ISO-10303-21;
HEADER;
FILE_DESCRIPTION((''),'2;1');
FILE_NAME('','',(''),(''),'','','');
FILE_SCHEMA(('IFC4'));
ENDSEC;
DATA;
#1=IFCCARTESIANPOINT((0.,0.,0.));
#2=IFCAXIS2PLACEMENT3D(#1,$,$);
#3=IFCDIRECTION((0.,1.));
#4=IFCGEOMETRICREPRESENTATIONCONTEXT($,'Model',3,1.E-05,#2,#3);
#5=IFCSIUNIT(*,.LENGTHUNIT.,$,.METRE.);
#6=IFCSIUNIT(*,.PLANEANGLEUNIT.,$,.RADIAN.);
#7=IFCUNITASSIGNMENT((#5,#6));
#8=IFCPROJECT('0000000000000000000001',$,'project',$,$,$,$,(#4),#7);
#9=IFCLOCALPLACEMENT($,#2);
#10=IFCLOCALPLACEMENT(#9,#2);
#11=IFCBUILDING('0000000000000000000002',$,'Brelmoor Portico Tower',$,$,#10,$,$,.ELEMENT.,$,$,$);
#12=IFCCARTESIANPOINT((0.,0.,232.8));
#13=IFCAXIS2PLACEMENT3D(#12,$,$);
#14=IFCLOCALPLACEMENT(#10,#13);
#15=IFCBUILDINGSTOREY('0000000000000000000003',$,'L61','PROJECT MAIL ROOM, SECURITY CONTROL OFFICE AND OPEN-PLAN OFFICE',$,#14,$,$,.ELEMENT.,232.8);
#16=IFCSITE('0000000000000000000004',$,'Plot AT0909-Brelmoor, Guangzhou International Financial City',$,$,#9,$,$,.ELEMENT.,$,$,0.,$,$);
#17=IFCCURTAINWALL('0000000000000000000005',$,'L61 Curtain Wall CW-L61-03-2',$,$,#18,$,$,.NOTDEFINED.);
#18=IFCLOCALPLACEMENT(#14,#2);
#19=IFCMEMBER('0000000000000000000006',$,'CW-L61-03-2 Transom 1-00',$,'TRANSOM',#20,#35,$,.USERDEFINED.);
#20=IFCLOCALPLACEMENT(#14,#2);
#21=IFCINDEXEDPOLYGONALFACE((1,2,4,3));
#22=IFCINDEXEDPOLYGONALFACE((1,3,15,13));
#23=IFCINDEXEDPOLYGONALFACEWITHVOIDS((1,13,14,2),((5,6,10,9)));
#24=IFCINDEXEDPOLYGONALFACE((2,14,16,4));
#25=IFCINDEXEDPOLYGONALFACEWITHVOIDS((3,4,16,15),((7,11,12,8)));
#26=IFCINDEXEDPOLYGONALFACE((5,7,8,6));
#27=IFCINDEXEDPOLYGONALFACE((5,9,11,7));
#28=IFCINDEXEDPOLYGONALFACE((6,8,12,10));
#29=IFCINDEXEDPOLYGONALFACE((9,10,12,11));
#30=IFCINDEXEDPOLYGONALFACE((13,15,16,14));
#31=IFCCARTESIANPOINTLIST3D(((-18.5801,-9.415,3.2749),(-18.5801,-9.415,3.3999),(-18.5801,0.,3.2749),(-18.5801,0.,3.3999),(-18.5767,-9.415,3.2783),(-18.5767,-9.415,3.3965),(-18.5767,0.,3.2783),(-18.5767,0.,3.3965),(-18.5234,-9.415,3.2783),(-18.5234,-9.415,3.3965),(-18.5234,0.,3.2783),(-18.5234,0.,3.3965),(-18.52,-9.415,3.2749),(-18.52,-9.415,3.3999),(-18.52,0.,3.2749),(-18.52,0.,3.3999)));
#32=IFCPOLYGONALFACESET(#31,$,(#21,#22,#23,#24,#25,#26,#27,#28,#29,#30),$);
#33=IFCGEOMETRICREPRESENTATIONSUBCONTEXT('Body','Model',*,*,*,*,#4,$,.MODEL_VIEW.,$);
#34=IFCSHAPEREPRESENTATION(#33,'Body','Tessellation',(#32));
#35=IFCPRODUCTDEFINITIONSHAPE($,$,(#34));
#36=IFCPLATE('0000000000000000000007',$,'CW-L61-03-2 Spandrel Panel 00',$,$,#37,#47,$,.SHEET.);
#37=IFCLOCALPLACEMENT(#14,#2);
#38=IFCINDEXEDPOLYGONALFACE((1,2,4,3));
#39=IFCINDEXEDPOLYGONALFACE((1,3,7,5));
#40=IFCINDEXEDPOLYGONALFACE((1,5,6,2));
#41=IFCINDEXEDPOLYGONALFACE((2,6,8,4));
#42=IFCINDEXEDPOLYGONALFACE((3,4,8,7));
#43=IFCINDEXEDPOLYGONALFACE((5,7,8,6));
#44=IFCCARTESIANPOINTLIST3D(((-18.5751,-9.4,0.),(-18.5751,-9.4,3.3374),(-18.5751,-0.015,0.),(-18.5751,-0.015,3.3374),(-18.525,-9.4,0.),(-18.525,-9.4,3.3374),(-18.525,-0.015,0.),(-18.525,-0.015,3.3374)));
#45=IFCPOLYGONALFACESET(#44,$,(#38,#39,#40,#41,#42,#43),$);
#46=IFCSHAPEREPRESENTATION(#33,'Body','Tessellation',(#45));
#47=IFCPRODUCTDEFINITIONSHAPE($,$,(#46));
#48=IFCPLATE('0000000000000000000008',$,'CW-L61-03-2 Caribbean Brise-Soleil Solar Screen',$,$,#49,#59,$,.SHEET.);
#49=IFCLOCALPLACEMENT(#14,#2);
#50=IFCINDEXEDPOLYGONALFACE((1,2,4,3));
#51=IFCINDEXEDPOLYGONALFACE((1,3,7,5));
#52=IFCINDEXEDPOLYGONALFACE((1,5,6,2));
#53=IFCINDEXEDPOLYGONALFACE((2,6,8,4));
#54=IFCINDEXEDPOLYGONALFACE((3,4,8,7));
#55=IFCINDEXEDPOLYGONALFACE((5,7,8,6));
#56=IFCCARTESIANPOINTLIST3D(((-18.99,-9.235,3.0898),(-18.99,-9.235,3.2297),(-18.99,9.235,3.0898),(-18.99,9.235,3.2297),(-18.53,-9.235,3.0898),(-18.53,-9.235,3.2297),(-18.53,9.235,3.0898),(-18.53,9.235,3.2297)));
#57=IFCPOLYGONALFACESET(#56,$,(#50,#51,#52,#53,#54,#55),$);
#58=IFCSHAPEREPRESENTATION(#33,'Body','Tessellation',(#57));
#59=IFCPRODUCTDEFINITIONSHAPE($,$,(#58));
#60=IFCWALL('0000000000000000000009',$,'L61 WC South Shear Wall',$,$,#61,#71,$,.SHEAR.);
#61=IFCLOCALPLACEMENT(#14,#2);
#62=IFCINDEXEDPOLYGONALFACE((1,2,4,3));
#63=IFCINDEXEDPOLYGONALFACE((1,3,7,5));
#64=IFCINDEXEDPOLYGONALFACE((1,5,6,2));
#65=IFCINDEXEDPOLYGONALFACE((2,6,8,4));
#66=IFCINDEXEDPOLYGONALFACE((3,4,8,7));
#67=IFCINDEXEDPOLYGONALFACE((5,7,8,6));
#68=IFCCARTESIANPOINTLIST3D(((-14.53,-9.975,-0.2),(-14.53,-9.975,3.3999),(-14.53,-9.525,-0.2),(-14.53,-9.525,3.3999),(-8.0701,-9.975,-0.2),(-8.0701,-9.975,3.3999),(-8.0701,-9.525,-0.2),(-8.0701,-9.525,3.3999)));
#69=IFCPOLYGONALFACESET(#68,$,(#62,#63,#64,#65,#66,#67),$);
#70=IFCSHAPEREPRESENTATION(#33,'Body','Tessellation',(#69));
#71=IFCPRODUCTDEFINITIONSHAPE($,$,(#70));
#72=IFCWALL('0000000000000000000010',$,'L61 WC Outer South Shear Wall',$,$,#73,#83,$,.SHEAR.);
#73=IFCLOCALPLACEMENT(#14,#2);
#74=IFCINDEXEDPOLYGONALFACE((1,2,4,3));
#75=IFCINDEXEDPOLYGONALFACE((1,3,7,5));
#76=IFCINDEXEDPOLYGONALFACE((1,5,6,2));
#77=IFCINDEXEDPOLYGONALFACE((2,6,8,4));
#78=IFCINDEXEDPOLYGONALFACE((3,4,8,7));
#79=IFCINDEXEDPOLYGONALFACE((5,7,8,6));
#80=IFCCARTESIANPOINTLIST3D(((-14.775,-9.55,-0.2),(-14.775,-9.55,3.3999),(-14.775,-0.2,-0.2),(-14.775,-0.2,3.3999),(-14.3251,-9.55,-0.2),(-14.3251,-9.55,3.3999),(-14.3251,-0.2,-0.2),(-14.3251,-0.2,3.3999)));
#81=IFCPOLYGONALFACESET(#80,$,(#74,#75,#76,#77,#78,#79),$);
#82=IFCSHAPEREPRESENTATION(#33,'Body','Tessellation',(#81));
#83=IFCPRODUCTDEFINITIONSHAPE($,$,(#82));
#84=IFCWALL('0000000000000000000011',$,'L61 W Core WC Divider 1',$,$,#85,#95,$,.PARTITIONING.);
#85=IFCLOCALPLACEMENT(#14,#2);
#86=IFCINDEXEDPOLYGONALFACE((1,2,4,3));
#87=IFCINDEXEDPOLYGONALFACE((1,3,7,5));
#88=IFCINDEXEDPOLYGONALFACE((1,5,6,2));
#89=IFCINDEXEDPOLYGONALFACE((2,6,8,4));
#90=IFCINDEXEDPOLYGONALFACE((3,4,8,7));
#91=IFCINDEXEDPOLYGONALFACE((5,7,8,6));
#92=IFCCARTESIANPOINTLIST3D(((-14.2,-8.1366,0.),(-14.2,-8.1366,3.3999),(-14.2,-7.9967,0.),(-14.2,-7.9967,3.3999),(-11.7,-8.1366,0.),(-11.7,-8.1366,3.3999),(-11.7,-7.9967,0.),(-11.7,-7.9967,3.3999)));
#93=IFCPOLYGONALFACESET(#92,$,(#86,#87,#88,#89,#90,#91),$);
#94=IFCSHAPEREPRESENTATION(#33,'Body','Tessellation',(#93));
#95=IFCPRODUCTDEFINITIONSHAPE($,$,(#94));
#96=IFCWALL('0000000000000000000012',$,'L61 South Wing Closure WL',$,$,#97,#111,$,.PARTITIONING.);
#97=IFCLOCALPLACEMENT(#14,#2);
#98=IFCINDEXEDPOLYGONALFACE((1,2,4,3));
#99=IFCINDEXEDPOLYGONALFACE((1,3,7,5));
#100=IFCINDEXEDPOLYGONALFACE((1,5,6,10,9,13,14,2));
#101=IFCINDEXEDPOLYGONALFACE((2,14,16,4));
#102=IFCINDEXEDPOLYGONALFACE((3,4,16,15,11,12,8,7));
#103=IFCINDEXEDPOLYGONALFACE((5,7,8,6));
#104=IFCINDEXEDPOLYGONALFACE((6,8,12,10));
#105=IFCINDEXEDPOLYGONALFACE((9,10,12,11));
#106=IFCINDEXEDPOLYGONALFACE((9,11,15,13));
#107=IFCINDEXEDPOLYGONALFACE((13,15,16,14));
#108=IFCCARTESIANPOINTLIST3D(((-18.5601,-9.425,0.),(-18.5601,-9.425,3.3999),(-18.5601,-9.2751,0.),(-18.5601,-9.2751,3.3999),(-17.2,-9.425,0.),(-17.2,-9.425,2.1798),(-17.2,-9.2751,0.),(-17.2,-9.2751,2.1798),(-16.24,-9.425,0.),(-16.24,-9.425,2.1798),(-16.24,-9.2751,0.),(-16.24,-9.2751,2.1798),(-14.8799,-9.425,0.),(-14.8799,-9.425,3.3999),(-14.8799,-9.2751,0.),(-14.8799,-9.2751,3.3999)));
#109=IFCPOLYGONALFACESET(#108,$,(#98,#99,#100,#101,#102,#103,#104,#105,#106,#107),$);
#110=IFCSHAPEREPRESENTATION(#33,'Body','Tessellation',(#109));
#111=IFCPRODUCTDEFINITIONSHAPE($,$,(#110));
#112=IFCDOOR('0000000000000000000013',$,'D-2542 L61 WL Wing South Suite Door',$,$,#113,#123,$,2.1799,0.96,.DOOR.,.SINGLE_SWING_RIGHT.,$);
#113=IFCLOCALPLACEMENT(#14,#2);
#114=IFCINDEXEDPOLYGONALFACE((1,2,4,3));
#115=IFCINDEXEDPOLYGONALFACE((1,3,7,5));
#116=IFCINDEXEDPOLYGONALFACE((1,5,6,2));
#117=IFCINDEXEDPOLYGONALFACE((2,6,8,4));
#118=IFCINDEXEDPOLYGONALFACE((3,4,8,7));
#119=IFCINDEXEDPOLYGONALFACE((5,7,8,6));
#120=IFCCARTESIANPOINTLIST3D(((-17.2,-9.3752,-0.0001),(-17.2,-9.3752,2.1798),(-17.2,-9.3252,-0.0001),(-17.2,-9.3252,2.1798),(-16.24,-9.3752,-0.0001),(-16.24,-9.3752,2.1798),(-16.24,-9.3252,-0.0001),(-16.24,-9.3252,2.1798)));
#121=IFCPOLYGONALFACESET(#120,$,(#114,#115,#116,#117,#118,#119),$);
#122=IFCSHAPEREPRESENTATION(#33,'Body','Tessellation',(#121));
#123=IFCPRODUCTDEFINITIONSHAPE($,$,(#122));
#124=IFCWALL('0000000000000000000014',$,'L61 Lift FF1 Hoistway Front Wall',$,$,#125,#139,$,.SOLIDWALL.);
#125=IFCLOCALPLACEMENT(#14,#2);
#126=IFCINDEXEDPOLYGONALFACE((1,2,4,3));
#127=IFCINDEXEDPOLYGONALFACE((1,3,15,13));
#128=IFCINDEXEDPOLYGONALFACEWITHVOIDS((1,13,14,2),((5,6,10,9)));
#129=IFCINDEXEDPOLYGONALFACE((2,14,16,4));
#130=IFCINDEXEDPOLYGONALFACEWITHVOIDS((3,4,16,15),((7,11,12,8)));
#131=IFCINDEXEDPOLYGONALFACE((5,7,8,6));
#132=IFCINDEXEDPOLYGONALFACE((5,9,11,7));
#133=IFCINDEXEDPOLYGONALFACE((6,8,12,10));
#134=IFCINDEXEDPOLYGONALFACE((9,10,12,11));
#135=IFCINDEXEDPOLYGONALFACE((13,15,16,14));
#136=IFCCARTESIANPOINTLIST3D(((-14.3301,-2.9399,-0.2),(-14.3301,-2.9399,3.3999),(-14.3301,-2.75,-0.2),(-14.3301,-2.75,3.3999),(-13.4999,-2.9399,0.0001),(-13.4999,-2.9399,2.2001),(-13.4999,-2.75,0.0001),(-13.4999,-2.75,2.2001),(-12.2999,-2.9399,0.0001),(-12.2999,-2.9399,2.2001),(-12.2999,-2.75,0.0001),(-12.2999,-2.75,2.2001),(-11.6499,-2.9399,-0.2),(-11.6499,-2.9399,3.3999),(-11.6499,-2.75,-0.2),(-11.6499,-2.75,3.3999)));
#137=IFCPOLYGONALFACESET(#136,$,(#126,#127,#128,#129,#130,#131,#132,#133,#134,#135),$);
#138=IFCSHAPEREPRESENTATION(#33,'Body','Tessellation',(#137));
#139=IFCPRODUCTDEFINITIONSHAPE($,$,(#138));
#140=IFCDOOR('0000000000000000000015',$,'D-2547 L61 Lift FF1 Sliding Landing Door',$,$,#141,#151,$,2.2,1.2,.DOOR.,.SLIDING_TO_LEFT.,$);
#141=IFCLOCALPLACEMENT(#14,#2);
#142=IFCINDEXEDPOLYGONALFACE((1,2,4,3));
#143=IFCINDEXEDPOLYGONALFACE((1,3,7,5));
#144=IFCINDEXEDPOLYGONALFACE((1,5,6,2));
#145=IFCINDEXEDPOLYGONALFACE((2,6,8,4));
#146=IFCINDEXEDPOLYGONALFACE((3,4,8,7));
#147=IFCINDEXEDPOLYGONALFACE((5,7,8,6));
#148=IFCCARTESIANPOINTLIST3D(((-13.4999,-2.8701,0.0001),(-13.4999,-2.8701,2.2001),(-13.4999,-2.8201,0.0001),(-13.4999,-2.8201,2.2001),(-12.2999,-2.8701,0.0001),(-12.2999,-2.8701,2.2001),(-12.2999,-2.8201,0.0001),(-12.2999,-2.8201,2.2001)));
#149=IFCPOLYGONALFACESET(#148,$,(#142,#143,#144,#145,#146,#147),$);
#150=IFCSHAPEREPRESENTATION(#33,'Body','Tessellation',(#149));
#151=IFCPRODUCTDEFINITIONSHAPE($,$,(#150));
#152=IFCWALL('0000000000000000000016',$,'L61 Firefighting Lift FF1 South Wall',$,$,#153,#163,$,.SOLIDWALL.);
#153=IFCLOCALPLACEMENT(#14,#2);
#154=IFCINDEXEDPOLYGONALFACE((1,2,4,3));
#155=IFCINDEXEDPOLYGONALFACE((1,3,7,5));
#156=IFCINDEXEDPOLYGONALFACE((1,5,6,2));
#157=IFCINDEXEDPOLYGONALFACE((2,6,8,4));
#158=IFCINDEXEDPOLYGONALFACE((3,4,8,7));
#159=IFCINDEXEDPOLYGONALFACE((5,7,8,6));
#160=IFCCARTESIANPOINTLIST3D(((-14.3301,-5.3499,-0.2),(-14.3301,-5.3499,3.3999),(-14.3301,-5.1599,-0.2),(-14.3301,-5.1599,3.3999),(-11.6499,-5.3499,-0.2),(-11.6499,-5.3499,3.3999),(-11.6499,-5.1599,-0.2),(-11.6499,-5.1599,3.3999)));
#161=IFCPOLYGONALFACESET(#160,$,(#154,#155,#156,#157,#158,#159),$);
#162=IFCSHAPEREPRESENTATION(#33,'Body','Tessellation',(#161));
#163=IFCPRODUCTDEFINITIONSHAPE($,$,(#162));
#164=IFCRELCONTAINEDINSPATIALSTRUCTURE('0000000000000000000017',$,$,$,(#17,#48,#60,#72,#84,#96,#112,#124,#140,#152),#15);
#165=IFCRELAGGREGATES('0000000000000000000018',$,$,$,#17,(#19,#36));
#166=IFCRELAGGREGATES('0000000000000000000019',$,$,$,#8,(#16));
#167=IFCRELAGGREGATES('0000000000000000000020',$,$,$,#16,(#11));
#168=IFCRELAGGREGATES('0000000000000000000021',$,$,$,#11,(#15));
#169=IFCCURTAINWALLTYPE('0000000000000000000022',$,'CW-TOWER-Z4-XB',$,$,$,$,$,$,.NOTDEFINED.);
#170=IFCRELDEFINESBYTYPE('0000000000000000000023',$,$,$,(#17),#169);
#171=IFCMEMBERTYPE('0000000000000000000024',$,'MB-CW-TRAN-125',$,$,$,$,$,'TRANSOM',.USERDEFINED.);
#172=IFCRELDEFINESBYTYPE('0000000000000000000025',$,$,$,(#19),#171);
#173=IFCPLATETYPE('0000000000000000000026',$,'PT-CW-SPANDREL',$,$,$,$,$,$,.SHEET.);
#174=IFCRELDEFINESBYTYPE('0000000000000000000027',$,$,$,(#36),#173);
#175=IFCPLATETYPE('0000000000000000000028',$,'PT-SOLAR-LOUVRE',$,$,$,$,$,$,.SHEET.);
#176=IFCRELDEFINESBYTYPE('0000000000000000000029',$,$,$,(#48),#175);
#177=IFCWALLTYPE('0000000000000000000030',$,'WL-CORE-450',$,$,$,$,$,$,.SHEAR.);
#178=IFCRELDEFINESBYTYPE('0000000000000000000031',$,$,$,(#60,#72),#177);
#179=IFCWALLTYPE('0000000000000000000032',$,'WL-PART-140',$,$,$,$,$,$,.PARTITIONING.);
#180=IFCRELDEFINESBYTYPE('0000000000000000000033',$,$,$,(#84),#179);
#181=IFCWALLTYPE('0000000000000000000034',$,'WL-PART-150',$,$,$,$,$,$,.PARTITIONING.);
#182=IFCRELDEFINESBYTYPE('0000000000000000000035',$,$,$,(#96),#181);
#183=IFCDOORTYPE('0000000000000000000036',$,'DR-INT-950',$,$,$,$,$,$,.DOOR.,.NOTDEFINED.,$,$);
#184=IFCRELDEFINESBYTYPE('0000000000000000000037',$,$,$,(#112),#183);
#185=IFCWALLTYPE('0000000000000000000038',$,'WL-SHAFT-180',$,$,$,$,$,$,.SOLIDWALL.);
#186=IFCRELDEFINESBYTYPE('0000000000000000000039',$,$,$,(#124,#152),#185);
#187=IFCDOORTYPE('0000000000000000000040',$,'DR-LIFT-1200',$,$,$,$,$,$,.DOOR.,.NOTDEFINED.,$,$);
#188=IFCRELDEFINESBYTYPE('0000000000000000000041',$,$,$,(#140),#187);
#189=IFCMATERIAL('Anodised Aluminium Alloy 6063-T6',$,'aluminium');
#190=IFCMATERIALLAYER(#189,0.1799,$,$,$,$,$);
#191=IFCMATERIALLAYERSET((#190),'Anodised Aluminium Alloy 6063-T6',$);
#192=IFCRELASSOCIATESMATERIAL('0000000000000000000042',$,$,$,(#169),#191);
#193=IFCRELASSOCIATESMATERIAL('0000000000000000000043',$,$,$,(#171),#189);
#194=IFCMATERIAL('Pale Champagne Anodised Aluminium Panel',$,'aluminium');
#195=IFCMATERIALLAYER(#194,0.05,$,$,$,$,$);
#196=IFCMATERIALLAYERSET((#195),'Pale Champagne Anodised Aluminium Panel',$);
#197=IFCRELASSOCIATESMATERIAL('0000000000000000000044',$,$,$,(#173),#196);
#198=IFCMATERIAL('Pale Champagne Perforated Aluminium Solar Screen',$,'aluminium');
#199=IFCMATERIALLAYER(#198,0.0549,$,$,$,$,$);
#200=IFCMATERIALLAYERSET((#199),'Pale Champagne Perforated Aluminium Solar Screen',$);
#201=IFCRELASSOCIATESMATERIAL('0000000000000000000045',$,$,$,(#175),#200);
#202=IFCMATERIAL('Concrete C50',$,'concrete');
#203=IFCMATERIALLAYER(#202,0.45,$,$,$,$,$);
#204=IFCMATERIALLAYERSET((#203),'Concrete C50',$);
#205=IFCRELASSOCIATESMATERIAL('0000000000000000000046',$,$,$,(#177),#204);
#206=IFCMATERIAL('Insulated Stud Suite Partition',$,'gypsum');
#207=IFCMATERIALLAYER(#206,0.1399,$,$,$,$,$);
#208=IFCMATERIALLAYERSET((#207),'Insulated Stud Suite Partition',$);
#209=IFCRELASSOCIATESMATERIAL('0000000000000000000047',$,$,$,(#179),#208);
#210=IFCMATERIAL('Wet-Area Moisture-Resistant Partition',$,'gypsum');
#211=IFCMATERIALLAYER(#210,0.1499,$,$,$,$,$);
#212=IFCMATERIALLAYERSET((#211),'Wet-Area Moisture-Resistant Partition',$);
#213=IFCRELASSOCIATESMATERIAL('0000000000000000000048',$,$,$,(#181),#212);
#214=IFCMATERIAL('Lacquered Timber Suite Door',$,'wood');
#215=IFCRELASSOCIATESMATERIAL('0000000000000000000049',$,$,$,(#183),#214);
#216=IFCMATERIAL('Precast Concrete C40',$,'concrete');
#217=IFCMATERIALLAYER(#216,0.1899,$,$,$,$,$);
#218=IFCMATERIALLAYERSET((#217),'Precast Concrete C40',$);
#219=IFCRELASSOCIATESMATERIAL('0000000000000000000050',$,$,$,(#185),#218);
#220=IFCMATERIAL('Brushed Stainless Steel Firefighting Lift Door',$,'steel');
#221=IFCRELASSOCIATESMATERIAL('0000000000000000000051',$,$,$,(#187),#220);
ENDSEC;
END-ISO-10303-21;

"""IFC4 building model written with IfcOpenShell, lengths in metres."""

from ifc_helpers import new_model, si_unit, direction, frame, frame_2d, origin, origin_2d, place, context, subcontext, project, spatial, rectangle, hollow_rectangle, extrude, material, layer, layer_set, material_profile, profile_set, type_object, element, fill, aggregate, save


model = new_model("IFC4")

# Units and contexts
model_context = context("Model", 3, precision=1e-05, world=origin(), true_north=direction((0.0, 1.0)))
body_context = subcontext(model_context, "Body", "Model", "MODEL_VIEW")
ifc_project = project(units=[si_unit("LENGTHUNIT", "METRE"), si_unit("PLANEANGLEUNIT", "RADIAN")], contexts=[model_context])

# Site, building, storey
site_placement = place(None, origin())
site = spatial("IfcSite", under=ifc_project, at=site_placement, Name="Plot AT0909-Brelmoor, Guangzhou International Financial City", CompositionType="ELEMENT", RefElevation=0.0)
building_placement = place(site_placement, origin())
building = spatial("IfcBuilding", under=site, at=building_placement, Name="Brelmoor Portico Tower", CompositionType="ELEMENT")
storey_placement = place(building_placement, frame((0.0, 0.0, 232.8)))
storey = spatial("IfcBuildingStorey", under=building, at=storey_placement, Name="L61", Description="PROJECT MAIL ROOM, SECURITY CONTROL OFFICE AND OPEN-PLAN OFFICE", CompositionType="ELEMENT", Elevation=232.8)

# Curtain wall, member, plate
ifc_material_1 = material(Name="Anodised Aluminium Alloy 6063-T6", Category="aluminium")
ifc_layer_1 = layer(ifc_material_1, 0.1799)
ifc_layer_set_1 = layer_set([ifc_layer_1], Name="Anodised Aluminium Alloy 6063-T6")
curtain_wall_type = type_object("IfcCurtainWallType", Name="CW-TOWER-Z4-XB", PredefinedType="NOTDEFINED", material=ifc_layer_set_1)
curtain_wall_placement = place(storey_placement, origin())
curtain_wall = element("IfcCurtainWall", 1, at=curtain_wall_placement, inside=storey, type_object=curtain_wall_type, Name="L61 Curtain Wall CW-L61-03-2", PredefinedType="NOTDEFINED")
ifc_material_profile_1 = material_profile(ifc_material_1, hollow_rectangle(XDim=0.0601, YDim=0.125, WallThickness=0.0034, at=origin_2d()), Name="ALU TRANSOM 60x125")
ifc_profile_set_1 = profile_set([ifc_material_profile_1], Name="Anodised Aluminium Alloy 6063-T6")
member_type_1 = type_object("IfcMemberType", Name="MB-CW-TRAN-125", ElementType="TRANSOM", PredefinedType="USERDEFINED", material=ifc_profile_set_1)
member_1_placement = place(storey_placement, frame((-18.55, -9.415, 3.3374), z_axis=(0.0, 1.0, 0.0), x_axis=(-1.0, 0.0, 0.0)))
member_1 = element("IfcMember", 2, at=member_1_placement, type_object=member_type_1, Name="CW-L61-03-2 Transom 1-00", ObjectType="TRANSOM", PredefinedType="USERDEFINED", context=body_context, shape_type="SweptSolid", body=[
    extrude(hollow_rectangle(XDim=0.0601, YDim=0.125, WallThickness=0.0034, at=origin_2d()), origin(), (0.0, 0.0, 1.0), 9.415),
])
ifc_material_2 = material(Name="Pale Champagne Anodised Aluminium Panel", Category="aluminium")
ifc_layer_2 = layer(ifc_material_2, 0.05)
ifc_layer_set_2 = layer_set([ifc_layer_2], Name="Pale Champagne Anodised Aluminium Panel")
plate_type_1 = type_object("IfcPlateType", Name="PT-CW-SPANDREL", PredefinedType="SHEET", material=ifc_layer_set_2)
plate_1_placement = place(storey_placement, frame((-18.55, -4.7075, 0.0), z_axis=(0.0, 0.0, 1.0), x_axis=(0.0, 1.0, 0.0)))
plate_1 = element("IfcPlate", 3, at=plate_1_placement, type_object=plate_type_1, Name="CW-L61-03-2 Spandrel Panel 00", PredefinedType="SHEET", context=body_context, shape_type="SweptSolid", body=[
    extrude(rectangle(XDim=9.385, YDim=0.05, at=origin_2d()), origin(), (0.0, 0.0, 1.0), 3.3374),
])
aggregate(curtain_wall, [member_1, plate_1])

# Plate
ifc_material_3 = material(Name="Pale Champagne Perforated Aluminium Solar Screen", Category="aluminium")
ifc_layer_3 = layer(ifc_material_3, 0.0549)
ifc_layer_set_3 = layer_set([ifc_layer_3], Name="Pale Champagne Perforated Aluminium Solar Screen")
plate_type_2 = type_object("IfcPlateType", Name="PT-SOLAR-LOUVRE", PredefinedType="SHEET", material=ifc_layer_set_3)
plate_2_placement = place(storey_placement, frame((-18.76, 0.0, 3.0898), z_axis=(0.0, 0.0, 1.0), x_axis=(0.0, 1.0, 0.0)))
element("IfcPlate", 4, at=plate_2_placement, inside=storey, type_object=plate_type_2, Name="CW-L61-03-2 Caribbean Brise-Soleil Solar Screen", PredefinedType="SHEET", context=body_context, shape_type="SweptSolid", body=[
    extrude(rectangle(XDim=18.47, YDim=0.46, at=origin_2d()), origin(), (0.0, 0.0, 1.0), 0.1399),
])

# Walls
ifc_material_4 = material(Name="Concrete C50", Category="concrete")
ifc_layer_4 = layer(ifc_material_4, 0.45)
ifc_layer_set_4 = layer_set([ifc_layer_4], Name="Concrete C50")
wall_type_1 = type_object("IfcWallType", Name="WL-CORE-450", PredefinedType="SHEAR", material=ifc_layer_set_4)
wall_1_placement = place(storey_placement, frame((-14.53, -9.75, -0.2), z_axis=(0.0, 0.0, 1.0), x_axis=(1.0, 0.0, 0.0)))
element("IfcWall", 5, at=wall_1_placement, inside=storey, type_object=wall_type_1, Name="L61 WC South Shear Wall", PredefinedType="SHEAR", context=body_context, shape_type="SweptSolid", body=[
    extrude(rectangle(XDim=6.46, YDim=0.45, at=frame_2d((3.23, 0.0))), origin(), (0.0, 0.0, 1.0), 3.5999),
])
wall_2_placement = place(storey_placement, frame((-14.55, -9.55, -0.2), z_axis=(0.0, 0.0, 1.0), x_axis=(0.0, 1.0, 0.0)))
element("IfcWall", 6, at=wall_2_placement, inside=storey, type_object=wall_type_1, Name="L61 WC Outer South Shear Wall", PredefinedType="SHEAR", context=body_context, shape_type="SweptSolid", body=[
    extrude(rectangle(XDim=9.3501, YDim=0.45, at=frame_2d((4.675, 0.0))), origin(), (0.0, 0.0, 1.0), 3.5999),
])
ifc_material_5 = material(Name="Insulated Stud Suite Partition", Category="gypsum")
ifc_layer_5 = layer(ifc_material_5, 0.1399)
ifc_layer_set_5 = layer_set([ifc_layer_5], Name="Insulated Stud Suite Partition")
wall_type_2 = type_object("IfcWallType", Name="WL-PART-140", PredefinedType="PARTITIONING", material=ifc_layer_set_5)
wall_3_placement = place(storey_placement, frame((-11.7, -8.0667, 0.0), z_axis=(0.0, 0.0, 1.0), x_axis=(-1.0, 0.0, 0.0)))
element("IfcWall", 7, at=wall_3_placement, inside=storey, type_object=wall_type_2, Name="L61 W Core WC Divider 1", PredefinedType="PARTITIONING", context=body_context, shape_type="SweptSolid", body=[
    extrude(rectangle(XDim=2.5, YDim=0.1399, at=frame_2d((1.25, 0.0))), origin(), (0.0, 0.0, 1.0), 3.3999),
])

# Walls, openings, doors
ifc_material_6 = material(Name="Wet-Area Moisture-Resistant Partition", Category="gypsum")
ifc_layer_6 = layer(ifc_material_6, 0.1499)
ifc_layer_set_6 = layer_set([ifc_layer_6], Name="Wet-Area Moisture-Resistant Partition")
wall_type_3 = type_object("IfcWallType", Name="WL-PART-150", PredefinedType="PARTITIONING", material=ifc_layer_set_6)
wall_4_placement = place(storey_placement, frame((-18.5601, -9.3501, 0.0), z_axis=(0.0, 0.0, 1.0), x_axis=(1.0, 0.0, 0.0)))
wall_4 = element("IfcWall", 8, at=wall_4_placement, inside=storey, type_object=wall_type_3, Name="L61 South Wing Closure WL", PredefinedType="PARTITIONING", context=body_context, shape_type="SweptSolid", body=[
    extrude(rectangle(XDim=3.6802, YDim=0.1499, at=frame_2d((1.8401, 0.0))), origin(), (0.0, 0.0, 1.0), 3.3999),
])
opening_1_placement = place(wall_4_placement, frame((1.3601, 0.0, 0.0)))
opening_1 = element("IfcOpeningElement", 9, at=opening_1_placement, cuts=wall_4, PredefinedType="OPENING", context=body_context, shape_type="SweptSolid", body=[
    extrude(rectangle(XDim=0.96, YDim=2.1799, at=frame_2d((0.48, 1.0898))), frame((0.0, 0.085, 0.0), z_axis=(0.0, -1.0, 0.0), x_axis=(1.0, 0.0, 0.0)), (0.0, 0.0, 1.0), 0.1699),
])
ifc_material_7 = material(Name="Lacquered Timber Suite Door", Category="wood")
door_type_1 = type_object("IfcDoorType", Name="DR-INT-950", OperationType="NOTDEFINED", PredefinedType="DOOR", material=ifc_material_7)
door_1_placement = place(opening_1_placement, origin())
door_1 = element("IfcDoor", 10, at=door_1_placement, inside=storey, type_object=door_type_1, Name="D-2542 L61 WL Wing South Suite Door", OperationType="SINGLE_SWING_RIGHT", OverallHeight=2.1799, OverallWidth=0.96, PredefinedType="DOOR", context=body_context, shape_type="SweptSolid", body=[
    extrude(rectangle(XDim=0.96, YDim=2.1799, at=frame_2d((0.48, 1.0898))), frame((0.0, 0.0249, 0.0), z_axis=(0.0, -1.0, 0.0), x_axis=(1.0, 0.0, 0.0)), (0.0, 0.0, 1.0), 0.05),
])
fill(opening_1, door_1)
ifc_material_8 = material(Name="Precast Concrete C40", Category="concrete")
ifc_layer_7 = layer(ifc_material_8, 0.1899)
ifc_layer_set_7 = layer_set([ifc_layer_7], Name="Precast Concrete C40")
wall_type_4 = type_object("IfcWallType", Name="WL-SHAFT-180", PredefinedType="SOLIDWALL", material=ifc_layer_set_7)
wall_5_placement = place(storey_placement, frame((-14.3301, -2.845, -0.2), z_axis=(0.0, 0.0, 1.0), x_axis=(1.0, 0.0, 0.0)))
wall_5 = element("IfcWall", 11, at=wall_5_placement, inside=storey, type_object=wall_type_4, Name="L61 Lift FF1 Hoistway Front Wall", PredefinedType="SOLIDWALL", context=body_context, shape_type="SweptSolid", body=[
    extrude(rectangle(XDim=2.6802, YDim=0.1899, at=frame_2d((1.3401, 0.0))), origin(), (0.0, 0.0, 1.0), 3.5999),
])
opening_2_placement = place(wall_5_placement, frame((0.8301, 0.0, 0.2)))
opening_2 = element("IfcOpeningElement", 12, at=opening_2_placement, cuts=wall_5, PredefinedType="OPENING", context=body_context, shape_type="SweptSolid", body=[
    extrude(rectangle(XDim=1.2, YDim=2.2, at=frame_2d((0.6001, 1.1001))), frame((0.0, 0.105, 0.0), z_axis=(0.0, -1.0, 0.0), x_axis=(1.0, 0.0, 0.0)), (0.0, 0.0, 1.0), 0.21),
])
ifc_material_9 = material(Name="Brushed Stainless Steel Firefighting Lift Door", Category="steel")
door_type_2 = type_object("IfcDoorType", Name="DR-LIFT-1200", OperationType="NOTDEFINED", PredefinedType="DOOR", material=ifc_material_9)
door_2_placement = place(opening_2_placement, origin())
door_2 = element("IfcDoor", 13, at=door_2_placement, inside=storey, type_object=door_type_2, Name="D-2547 L61 Lift FF1 Sliding Landing Door", OperationType="SLIDING_TO_LEFT", OverallHeight=2.2, OverallWidth=1.2, PredefinedType="DOOR", context=body_context, shape_type="SweptSolid", body=[
    extrude(rectangle(XDim=1.2, YDim=2.2, at=frame_2d((0.6001, 1.1001))), frame((0.0, 0.0249, 0.0), z_axis=(0.0, -1.0, 0.0), x_axis=(1.0, 0.0, 0.0)), (0.0, 0.0, 1.0), 0.05),
])
fill(opening_2, door_2)

# Wall
wall_6_placement = place(storey_placement, frame((-14.3301, -5.2549, -0.2), z_axis=(0.0, 0.0, 1.0), x_axis=(1.0, 0.0, 0.0)))
element("IfcWall", 14, at=wall_6_placement, inside=storey, type_object=wall_type_4, Name="L61 Firefighting Lift FF1 South Wall", PredefinedType="SOLIDWALL", context=body_context, shape_type="SweptSolid", body=[
    extrude(rectangle(XDim=2.6802, YDim=0.1899, at=frame_2d((1.3401, 0.0))), origin(), (0.0, 0.0, 1.0), 3.5999),
])

save(model, "model.ifc")
